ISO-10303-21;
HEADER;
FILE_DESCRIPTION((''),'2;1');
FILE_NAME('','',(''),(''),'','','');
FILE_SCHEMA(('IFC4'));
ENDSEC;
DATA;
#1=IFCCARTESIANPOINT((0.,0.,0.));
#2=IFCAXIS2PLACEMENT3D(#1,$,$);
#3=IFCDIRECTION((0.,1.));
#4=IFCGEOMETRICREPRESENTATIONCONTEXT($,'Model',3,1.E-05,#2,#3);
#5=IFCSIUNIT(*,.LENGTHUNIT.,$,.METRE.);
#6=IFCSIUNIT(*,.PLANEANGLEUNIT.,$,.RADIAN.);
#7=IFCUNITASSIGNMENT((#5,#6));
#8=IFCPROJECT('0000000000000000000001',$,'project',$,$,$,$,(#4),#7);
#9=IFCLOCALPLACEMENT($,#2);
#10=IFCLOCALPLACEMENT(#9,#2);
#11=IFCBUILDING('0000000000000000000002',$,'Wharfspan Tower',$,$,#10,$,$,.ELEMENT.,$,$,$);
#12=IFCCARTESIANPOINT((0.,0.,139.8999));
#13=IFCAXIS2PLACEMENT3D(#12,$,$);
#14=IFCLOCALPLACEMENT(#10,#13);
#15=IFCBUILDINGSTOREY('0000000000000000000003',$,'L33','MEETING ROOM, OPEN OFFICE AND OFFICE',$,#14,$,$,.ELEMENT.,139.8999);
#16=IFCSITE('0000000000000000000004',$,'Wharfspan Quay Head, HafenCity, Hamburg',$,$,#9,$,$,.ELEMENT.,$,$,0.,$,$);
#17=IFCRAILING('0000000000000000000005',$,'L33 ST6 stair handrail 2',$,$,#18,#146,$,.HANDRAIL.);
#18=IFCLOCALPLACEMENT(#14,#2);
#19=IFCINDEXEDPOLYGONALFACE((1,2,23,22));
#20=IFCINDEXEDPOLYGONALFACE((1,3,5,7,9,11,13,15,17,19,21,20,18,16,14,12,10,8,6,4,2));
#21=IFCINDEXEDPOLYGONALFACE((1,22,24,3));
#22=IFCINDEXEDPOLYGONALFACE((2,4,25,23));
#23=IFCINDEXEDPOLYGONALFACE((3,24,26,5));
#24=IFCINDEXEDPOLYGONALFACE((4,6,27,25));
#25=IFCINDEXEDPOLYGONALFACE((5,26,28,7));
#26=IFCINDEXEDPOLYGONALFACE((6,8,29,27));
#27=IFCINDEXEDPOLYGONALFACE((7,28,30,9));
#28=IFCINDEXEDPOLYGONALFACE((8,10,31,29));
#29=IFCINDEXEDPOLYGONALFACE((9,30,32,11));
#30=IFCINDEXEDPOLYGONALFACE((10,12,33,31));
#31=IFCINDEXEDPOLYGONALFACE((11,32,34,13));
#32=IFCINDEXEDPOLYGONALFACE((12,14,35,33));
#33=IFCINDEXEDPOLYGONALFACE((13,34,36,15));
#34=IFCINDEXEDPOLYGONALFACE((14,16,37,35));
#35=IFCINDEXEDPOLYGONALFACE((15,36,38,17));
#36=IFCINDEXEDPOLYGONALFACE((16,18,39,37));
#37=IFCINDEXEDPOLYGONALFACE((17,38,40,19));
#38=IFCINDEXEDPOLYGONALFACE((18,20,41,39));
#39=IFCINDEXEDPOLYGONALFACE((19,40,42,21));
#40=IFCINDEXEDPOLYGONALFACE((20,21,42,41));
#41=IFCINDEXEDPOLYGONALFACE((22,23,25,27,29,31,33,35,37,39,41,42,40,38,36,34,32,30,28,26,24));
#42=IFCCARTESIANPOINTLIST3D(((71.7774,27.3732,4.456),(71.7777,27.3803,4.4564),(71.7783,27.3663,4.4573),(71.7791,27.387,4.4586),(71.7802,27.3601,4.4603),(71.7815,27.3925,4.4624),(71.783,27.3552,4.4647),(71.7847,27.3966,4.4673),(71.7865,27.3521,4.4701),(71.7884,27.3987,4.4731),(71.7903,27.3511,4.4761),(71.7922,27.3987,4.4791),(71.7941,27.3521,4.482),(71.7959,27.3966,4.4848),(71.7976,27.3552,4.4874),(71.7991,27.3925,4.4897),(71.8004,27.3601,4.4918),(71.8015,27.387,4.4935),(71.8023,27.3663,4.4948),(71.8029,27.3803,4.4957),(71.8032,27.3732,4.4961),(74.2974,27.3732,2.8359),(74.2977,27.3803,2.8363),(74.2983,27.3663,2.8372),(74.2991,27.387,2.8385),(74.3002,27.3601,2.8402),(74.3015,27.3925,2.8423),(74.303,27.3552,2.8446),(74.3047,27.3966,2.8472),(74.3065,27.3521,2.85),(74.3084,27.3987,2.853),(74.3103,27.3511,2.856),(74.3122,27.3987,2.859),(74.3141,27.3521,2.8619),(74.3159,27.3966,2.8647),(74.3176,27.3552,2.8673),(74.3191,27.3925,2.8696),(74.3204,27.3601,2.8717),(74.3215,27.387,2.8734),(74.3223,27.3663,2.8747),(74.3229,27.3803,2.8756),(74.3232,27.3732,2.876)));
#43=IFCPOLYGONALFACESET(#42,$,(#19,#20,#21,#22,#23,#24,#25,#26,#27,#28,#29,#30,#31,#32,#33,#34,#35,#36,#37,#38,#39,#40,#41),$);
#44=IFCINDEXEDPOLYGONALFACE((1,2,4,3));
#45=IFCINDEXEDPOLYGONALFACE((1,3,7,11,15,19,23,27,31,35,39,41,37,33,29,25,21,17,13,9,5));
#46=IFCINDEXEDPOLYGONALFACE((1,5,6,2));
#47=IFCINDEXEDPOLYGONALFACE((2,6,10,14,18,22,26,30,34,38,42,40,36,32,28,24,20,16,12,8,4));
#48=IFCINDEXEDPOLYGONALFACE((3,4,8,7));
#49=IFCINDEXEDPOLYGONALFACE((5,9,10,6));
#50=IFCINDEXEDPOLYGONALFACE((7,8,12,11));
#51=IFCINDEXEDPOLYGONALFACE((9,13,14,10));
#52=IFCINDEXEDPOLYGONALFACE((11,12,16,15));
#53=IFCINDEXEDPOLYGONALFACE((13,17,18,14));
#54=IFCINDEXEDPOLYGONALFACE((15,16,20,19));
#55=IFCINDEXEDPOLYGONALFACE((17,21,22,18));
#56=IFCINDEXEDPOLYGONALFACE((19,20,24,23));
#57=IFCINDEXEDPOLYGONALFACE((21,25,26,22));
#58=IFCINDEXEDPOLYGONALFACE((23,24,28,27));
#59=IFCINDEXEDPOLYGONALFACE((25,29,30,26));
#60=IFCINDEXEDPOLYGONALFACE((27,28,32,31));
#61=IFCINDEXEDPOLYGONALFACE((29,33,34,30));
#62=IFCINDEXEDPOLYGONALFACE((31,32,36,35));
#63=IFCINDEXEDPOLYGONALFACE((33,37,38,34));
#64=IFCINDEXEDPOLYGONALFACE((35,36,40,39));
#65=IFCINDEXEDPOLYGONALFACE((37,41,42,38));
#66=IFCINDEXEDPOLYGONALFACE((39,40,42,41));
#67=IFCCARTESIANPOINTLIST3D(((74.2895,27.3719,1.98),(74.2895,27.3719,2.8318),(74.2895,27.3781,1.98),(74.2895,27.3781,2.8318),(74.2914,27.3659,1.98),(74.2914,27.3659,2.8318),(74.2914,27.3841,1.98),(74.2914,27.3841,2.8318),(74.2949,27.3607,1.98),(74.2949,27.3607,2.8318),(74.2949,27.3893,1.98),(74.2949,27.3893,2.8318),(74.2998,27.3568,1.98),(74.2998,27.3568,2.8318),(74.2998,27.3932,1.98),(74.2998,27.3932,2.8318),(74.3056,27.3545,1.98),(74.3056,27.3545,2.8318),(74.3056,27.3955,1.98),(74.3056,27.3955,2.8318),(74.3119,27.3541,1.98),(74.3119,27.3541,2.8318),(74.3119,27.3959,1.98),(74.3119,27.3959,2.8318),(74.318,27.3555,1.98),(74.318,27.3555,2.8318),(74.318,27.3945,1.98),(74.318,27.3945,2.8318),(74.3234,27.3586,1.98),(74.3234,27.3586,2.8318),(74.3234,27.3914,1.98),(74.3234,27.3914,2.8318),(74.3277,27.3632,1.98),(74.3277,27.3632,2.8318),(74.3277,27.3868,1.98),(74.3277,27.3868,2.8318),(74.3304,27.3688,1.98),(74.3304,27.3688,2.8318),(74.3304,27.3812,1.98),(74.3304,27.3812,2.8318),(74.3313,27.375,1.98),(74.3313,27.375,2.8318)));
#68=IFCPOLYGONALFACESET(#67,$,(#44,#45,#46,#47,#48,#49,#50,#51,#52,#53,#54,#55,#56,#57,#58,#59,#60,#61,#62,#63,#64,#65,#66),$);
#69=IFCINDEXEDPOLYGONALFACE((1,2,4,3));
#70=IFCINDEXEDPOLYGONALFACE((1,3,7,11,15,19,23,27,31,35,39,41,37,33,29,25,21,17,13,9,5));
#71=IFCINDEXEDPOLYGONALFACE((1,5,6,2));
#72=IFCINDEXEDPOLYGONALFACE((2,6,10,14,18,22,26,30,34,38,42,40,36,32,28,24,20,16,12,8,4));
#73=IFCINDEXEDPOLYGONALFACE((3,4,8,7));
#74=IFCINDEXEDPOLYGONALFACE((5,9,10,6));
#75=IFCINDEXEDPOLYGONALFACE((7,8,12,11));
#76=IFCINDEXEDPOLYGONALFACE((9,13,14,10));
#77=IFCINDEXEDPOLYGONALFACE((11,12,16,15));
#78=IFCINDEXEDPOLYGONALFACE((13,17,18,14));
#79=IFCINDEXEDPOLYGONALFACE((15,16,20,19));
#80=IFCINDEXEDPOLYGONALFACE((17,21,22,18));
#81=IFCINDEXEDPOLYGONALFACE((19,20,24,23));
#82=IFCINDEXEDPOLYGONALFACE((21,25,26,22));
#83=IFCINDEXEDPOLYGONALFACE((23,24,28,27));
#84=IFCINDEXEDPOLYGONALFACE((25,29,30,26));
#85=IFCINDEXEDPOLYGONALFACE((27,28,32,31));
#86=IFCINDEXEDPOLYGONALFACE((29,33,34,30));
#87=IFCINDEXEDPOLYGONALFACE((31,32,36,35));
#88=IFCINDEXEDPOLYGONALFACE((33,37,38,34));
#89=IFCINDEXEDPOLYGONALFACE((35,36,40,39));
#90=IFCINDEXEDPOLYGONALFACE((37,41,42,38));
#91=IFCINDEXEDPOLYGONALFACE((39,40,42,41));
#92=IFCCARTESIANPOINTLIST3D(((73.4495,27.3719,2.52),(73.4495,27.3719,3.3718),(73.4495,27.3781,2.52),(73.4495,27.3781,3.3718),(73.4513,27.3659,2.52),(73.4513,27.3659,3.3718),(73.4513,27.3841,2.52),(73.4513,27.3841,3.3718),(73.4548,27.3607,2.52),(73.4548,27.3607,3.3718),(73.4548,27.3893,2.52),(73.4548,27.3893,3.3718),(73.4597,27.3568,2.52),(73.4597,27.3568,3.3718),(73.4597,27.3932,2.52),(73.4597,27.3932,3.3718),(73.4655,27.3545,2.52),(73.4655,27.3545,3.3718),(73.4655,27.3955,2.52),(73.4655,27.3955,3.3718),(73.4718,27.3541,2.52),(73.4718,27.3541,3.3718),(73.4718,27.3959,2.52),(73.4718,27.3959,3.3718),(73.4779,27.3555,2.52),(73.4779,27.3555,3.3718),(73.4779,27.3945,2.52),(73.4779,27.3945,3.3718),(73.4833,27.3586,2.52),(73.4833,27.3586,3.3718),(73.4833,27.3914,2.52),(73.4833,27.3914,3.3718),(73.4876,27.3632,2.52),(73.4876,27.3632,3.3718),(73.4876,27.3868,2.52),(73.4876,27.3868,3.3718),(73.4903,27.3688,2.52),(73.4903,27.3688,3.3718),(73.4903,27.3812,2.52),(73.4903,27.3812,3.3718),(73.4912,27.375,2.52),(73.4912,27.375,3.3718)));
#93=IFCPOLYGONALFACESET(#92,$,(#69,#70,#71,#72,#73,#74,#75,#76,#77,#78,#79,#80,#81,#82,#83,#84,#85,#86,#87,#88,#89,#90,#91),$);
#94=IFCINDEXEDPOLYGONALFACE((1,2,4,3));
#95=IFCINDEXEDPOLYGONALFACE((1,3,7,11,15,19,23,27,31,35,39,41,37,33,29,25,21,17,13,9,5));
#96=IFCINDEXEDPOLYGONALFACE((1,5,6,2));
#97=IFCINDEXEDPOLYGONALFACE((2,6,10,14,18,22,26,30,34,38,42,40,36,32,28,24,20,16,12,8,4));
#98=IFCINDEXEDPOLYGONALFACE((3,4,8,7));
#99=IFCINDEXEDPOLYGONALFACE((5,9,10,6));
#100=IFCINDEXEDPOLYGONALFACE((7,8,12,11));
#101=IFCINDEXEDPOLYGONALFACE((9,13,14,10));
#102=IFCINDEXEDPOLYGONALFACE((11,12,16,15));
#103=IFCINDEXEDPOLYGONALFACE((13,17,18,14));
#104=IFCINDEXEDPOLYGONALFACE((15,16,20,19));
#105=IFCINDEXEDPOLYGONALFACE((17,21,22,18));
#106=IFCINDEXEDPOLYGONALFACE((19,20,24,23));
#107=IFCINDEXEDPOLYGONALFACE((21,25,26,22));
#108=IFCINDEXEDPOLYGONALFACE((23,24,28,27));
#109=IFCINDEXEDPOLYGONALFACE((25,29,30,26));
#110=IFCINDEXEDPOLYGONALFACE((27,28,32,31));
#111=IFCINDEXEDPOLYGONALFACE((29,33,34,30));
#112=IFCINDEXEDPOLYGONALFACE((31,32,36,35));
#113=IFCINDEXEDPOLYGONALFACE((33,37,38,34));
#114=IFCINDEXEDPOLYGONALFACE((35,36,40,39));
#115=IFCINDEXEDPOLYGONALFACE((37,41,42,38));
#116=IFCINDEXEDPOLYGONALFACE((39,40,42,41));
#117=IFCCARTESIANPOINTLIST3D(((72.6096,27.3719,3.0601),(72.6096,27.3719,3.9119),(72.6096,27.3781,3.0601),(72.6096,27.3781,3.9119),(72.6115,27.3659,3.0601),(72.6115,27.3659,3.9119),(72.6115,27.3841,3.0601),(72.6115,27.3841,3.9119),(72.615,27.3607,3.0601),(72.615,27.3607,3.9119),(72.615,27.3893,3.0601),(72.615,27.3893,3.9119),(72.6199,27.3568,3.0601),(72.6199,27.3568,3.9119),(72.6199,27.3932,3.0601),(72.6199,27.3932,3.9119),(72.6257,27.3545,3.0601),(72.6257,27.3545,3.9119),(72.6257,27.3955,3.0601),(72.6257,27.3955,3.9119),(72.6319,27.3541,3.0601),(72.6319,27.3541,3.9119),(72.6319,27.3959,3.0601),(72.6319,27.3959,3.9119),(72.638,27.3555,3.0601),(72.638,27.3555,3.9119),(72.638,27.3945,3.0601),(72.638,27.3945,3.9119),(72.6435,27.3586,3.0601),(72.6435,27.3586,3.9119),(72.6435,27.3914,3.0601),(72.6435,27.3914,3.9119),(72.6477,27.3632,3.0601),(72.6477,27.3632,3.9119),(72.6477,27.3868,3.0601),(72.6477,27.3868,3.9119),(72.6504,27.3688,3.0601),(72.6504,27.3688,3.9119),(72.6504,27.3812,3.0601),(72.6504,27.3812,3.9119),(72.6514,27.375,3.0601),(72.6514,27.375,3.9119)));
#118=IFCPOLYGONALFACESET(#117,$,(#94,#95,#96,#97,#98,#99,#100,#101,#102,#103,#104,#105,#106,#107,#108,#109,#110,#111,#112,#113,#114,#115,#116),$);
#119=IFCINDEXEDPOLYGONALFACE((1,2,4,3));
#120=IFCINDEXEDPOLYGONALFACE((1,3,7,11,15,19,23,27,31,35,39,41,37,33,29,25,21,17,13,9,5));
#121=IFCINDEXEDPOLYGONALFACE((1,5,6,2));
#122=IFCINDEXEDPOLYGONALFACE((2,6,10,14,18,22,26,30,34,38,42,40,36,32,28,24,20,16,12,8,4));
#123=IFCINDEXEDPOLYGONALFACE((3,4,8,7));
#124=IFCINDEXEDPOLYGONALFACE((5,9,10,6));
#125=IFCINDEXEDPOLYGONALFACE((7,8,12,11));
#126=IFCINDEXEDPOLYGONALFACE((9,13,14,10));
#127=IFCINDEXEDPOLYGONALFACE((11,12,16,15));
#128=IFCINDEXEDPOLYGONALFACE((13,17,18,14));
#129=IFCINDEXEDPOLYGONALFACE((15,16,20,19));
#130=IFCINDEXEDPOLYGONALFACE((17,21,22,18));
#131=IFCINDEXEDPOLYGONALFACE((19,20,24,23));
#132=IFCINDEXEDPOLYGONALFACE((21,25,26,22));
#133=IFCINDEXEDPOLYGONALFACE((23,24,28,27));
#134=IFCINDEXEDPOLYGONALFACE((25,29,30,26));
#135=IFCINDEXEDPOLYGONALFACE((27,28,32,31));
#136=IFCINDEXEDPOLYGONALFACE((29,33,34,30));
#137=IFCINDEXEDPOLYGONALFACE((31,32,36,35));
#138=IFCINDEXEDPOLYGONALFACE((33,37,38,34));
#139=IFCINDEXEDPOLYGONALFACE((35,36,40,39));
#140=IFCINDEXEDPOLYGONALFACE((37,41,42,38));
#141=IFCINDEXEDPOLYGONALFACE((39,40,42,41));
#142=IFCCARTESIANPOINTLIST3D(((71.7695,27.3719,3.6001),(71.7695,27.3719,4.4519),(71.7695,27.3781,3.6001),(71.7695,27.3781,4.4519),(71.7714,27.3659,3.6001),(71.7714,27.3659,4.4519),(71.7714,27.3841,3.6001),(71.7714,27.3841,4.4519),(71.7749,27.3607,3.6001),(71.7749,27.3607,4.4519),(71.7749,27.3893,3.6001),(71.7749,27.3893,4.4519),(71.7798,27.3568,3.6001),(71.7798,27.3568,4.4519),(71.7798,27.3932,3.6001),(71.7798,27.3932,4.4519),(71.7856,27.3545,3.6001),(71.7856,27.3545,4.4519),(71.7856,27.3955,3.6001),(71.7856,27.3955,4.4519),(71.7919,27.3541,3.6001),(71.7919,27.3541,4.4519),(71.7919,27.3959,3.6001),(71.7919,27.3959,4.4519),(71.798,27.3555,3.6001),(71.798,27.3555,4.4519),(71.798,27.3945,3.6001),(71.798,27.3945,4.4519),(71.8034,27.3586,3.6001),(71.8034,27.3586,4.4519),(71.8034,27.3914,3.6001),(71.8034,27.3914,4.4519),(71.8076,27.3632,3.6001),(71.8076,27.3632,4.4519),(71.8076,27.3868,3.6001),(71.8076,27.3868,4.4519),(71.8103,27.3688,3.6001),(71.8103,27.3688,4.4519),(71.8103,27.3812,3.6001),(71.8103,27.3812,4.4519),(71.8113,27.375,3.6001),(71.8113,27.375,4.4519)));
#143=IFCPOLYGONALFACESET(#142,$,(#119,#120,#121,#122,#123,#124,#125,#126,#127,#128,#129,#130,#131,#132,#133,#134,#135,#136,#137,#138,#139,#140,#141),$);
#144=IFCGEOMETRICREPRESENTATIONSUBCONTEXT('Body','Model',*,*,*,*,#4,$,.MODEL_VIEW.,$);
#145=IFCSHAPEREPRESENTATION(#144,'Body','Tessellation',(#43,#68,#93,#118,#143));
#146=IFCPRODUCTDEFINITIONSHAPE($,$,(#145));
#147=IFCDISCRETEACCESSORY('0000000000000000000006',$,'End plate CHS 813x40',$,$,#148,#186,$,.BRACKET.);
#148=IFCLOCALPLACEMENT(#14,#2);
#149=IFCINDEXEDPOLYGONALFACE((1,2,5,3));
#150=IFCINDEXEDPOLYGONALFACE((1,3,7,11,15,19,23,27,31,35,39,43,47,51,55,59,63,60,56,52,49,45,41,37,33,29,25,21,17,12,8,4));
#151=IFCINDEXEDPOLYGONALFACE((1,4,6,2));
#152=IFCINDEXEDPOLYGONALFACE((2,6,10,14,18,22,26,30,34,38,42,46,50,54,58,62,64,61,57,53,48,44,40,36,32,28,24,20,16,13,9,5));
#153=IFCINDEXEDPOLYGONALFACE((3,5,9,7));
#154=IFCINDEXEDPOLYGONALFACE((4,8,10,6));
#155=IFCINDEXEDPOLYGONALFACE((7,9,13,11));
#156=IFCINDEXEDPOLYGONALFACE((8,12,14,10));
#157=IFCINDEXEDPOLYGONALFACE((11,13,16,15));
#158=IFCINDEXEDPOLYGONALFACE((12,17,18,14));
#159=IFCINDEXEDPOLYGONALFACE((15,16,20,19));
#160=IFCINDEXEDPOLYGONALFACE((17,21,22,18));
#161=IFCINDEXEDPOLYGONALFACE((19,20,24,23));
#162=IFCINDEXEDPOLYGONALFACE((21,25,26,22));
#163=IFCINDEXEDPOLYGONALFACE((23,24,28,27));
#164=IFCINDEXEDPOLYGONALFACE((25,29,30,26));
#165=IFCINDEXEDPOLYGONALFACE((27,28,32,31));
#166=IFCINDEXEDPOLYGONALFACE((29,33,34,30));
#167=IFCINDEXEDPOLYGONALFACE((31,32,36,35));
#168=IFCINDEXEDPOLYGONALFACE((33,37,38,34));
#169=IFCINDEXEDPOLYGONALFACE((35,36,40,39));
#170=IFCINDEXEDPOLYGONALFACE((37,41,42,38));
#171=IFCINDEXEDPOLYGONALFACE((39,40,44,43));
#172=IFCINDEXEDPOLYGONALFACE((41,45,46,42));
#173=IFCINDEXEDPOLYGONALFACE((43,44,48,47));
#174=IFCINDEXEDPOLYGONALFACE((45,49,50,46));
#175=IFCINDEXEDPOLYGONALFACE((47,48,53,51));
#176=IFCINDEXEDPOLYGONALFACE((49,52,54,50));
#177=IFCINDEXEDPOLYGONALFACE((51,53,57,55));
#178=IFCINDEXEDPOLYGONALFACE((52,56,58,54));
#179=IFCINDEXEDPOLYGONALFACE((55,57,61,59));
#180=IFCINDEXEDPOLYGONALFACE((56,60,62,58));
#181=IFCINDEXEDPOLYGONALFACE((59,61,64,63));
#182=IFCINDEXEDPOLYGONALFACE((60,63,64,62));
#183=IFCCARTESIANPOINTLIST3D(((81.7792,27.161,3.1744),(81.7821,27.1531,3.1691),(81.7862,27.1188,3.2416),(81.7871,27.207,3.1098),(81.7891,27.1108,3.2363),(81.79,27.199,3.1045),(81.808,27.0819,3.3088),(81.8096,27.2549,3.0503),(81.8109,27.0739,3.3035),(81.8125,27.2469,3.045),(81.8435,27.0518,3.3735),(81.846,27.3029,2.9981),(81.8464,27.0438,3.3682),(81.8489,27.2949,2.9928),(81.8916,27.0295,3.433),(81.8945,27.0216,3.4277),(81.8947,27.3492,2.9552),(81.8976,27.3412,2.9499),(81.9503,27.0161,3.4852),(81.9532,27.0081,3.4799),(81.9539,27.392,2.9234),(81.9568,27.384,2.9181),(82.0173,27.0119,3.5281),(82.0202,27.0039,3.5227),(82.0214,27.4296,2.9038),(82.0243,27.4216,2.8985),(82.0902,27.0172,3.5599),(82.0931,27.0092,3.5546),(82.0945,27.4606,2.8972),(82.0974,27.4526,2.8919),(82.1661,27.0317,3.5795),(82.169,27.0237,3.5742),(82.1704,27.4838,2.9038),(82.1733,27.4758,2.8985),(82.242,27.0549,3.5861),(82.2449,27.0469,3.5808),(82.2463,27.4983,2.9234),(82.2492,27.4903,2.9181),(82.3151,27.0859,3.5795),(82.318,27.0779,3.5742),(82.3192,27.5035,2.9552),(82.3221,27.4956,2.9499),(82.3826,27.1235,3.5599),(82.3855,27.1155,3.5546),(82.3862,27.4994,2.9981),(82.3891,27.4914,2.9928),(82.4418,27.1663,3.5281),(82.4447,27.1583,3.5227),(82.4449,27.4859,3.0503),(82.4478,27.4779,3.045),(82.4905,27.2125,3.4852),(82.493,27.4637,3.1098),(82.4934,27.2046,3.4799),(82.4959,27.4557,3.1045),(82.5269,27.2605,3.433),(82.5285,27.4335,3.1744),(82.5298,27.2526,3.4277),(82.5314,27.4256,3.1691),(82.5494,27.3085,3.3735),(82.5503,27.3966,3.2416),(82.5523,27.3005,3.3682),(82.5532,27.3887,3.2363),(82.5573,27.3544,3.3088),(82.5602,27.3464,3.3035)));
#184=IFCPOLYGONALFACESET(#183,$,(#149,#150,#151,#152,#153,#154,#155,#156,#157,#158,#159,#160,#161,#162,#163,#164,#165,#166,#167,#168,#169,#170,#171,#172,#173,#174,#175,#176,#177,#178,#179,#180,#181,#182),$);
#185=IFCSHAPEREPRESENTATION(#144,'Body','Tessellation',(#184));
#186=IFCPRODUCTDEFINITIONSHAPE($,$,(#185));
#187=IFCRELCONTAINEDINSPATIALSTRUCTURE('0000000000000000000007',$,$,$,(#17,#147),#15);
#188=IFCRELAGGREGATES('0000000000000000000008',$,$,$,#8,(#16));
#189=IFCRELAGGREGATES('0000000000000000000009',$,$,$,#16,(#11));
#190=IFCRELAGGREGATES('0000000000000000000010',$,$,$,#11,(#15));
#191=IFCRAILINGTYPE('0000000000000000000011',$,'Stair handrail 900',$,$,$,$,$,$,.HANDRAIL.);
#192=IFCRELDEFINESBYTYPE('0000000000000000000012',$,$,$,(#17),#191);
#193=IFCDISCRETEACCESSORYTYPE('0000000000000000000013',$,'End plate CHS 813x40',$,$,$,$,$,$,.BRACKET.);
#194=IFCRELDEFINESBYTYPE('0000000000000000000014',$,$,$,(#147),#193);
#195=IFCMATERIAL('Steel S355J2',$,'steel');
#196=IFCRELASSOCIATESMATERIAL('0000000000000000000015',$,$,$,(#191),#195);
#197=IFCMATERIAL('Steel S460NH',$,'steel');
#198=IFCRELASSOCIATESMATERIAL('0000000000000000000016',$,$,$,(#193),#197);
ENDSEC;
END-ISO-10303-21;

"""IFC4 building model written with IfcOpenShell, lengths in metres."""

from ifc_helpers import new_model, si_unit, direction, frame, origin, origin_2d, place, context, subcontext, project, spatial, circle, extrude, material, material_profile, profile_set, type_object, element, save


model = new_model("IFC4")

# Units and contexts
model_context = context("Model", 3, precision=1e-05, world=origin(), true_north=direction((0.0, 1.0)))
body_context = subcontext(model_context, "Body", "Model", "MODEL_VIEW")
ifc_project = project(units=[si_unit("LENGTHUNIT", "METRE"), si_unit("PLANEANGLEUNIT", "RADIAN")], contexts=[model_context])

# Site, building, storey
site_placement = place(None, origin())
site = spatial("IfcSite", under=ifc_project, at=site_placement, Name="Wharfspan Quay Head, HafenCity, Hamburg", CompositionType="ELEMENT", RefElevation=0.0)
building_placement = place(site_placement, origin())
building = spatial("IfcBuilding", under=site, at=building_placement, Name="Wharfspan Tower", CompositionType="ELEMENT")
storey_placement = place(building_placement, frame((0.0, 0.0, 139.8999)))
storey = spatial("IfcBuildingStorey", under=building, at=storey_placement, Name="L33", Description="MEETING ROOM, OPEN OFFICE AND OFFICE", CompositionType="ELEMENT", Elevation=139.8999)

# Shared definitions
ifc_material_1 = material(Name="Steel S355J2", Category="steel")

# Shared definitions
ifc_material_2 = material(Name="Steel S460NH", Category="steel")

# Railing
railing_type = type_object("IfcRailingType", Name="Stair handrail 900", PredefinedType="HANDRAIL", material=ifc_material_1)
railing_placement = place(storey_placement, frame((74.3103, 27.375, 1.98)))
element("IfcRailing", 1, at=railing_placement, inside=storey, type_object=railing_type, Name="L33 ST6 stair handrail 2", PredefinedType="HANDRAIL", context=body_context, shape_type="SweptSolid", body=[
    extrude(circle(Radius=0.0239, at=origin_2d()), frame((0.0, 0.0, 0.876), z_axis=(-0.841163, 0.0, 0.540782), x_axis=(0.0, -1.0, 0.0)), (0.0, 0.0, 1.0), 2.9958),
    extrude(circle(Radius=0.021, at=origin_2d()), origin(), (0.0, 0.0, 1.0), 0.8518),
    extrude(circle(Radius=0.021, at=origin_2d()), frame((-0.8401, 0.0, 0.54)), (0.0, 0.0, 1.0), 0.8518),
    extrude(circle(Radius=0.021, at=origin_2d()), frame((-1.6799, 0.0, 1.0801)), (0.0, 0.0, 1.0), 0.8518),
    extrude(circle(Radius=0.021, at=origin_2d()), frame((-2.52, 0.0, 1.6201)), (0.0, 0.0, 1.0), 0.8518),
])

# Discrete accessory
ifc_material_profile_1 = material_profile(ifc_material_2, circle(Radius=0.4065, at=origin_2d()))
ifc_profile_set_1 = profile_set([ifc_material_profile_1], Name="Steel S460NH")
discrete_accessory_type = type_object("IfcDiscreteAccessoryType", Name="End plate CHS 813x40", PredefinedType="BRACKET", material=ifc_profile_set_1)
for number, where, z_axis, x_axis, name in (
    (2, (82.1711, 27.2498, 3.2363), (-0.289598, 0.796395, 0.53093), (-0.939792, -0.341743, 0.000001), "End plate CHS 813x40"),
):
    element("IfcDiscreteAccessory", number, at=place(storey_placement, frame(where, z_axis=z_axis, x_axis=x_axis)), inside=storey, type_object=discrete_accessory_type, Name=name, PredefinedType="BRACKET", context=body_context, shape_type="SweptSolid", body=[
        extrude(circle(Radius=0.4065, at=origin_2d()), origin(), (0.0, 0.0, 1.0), 0.01),
    ])

save(model, "model.ifc")
